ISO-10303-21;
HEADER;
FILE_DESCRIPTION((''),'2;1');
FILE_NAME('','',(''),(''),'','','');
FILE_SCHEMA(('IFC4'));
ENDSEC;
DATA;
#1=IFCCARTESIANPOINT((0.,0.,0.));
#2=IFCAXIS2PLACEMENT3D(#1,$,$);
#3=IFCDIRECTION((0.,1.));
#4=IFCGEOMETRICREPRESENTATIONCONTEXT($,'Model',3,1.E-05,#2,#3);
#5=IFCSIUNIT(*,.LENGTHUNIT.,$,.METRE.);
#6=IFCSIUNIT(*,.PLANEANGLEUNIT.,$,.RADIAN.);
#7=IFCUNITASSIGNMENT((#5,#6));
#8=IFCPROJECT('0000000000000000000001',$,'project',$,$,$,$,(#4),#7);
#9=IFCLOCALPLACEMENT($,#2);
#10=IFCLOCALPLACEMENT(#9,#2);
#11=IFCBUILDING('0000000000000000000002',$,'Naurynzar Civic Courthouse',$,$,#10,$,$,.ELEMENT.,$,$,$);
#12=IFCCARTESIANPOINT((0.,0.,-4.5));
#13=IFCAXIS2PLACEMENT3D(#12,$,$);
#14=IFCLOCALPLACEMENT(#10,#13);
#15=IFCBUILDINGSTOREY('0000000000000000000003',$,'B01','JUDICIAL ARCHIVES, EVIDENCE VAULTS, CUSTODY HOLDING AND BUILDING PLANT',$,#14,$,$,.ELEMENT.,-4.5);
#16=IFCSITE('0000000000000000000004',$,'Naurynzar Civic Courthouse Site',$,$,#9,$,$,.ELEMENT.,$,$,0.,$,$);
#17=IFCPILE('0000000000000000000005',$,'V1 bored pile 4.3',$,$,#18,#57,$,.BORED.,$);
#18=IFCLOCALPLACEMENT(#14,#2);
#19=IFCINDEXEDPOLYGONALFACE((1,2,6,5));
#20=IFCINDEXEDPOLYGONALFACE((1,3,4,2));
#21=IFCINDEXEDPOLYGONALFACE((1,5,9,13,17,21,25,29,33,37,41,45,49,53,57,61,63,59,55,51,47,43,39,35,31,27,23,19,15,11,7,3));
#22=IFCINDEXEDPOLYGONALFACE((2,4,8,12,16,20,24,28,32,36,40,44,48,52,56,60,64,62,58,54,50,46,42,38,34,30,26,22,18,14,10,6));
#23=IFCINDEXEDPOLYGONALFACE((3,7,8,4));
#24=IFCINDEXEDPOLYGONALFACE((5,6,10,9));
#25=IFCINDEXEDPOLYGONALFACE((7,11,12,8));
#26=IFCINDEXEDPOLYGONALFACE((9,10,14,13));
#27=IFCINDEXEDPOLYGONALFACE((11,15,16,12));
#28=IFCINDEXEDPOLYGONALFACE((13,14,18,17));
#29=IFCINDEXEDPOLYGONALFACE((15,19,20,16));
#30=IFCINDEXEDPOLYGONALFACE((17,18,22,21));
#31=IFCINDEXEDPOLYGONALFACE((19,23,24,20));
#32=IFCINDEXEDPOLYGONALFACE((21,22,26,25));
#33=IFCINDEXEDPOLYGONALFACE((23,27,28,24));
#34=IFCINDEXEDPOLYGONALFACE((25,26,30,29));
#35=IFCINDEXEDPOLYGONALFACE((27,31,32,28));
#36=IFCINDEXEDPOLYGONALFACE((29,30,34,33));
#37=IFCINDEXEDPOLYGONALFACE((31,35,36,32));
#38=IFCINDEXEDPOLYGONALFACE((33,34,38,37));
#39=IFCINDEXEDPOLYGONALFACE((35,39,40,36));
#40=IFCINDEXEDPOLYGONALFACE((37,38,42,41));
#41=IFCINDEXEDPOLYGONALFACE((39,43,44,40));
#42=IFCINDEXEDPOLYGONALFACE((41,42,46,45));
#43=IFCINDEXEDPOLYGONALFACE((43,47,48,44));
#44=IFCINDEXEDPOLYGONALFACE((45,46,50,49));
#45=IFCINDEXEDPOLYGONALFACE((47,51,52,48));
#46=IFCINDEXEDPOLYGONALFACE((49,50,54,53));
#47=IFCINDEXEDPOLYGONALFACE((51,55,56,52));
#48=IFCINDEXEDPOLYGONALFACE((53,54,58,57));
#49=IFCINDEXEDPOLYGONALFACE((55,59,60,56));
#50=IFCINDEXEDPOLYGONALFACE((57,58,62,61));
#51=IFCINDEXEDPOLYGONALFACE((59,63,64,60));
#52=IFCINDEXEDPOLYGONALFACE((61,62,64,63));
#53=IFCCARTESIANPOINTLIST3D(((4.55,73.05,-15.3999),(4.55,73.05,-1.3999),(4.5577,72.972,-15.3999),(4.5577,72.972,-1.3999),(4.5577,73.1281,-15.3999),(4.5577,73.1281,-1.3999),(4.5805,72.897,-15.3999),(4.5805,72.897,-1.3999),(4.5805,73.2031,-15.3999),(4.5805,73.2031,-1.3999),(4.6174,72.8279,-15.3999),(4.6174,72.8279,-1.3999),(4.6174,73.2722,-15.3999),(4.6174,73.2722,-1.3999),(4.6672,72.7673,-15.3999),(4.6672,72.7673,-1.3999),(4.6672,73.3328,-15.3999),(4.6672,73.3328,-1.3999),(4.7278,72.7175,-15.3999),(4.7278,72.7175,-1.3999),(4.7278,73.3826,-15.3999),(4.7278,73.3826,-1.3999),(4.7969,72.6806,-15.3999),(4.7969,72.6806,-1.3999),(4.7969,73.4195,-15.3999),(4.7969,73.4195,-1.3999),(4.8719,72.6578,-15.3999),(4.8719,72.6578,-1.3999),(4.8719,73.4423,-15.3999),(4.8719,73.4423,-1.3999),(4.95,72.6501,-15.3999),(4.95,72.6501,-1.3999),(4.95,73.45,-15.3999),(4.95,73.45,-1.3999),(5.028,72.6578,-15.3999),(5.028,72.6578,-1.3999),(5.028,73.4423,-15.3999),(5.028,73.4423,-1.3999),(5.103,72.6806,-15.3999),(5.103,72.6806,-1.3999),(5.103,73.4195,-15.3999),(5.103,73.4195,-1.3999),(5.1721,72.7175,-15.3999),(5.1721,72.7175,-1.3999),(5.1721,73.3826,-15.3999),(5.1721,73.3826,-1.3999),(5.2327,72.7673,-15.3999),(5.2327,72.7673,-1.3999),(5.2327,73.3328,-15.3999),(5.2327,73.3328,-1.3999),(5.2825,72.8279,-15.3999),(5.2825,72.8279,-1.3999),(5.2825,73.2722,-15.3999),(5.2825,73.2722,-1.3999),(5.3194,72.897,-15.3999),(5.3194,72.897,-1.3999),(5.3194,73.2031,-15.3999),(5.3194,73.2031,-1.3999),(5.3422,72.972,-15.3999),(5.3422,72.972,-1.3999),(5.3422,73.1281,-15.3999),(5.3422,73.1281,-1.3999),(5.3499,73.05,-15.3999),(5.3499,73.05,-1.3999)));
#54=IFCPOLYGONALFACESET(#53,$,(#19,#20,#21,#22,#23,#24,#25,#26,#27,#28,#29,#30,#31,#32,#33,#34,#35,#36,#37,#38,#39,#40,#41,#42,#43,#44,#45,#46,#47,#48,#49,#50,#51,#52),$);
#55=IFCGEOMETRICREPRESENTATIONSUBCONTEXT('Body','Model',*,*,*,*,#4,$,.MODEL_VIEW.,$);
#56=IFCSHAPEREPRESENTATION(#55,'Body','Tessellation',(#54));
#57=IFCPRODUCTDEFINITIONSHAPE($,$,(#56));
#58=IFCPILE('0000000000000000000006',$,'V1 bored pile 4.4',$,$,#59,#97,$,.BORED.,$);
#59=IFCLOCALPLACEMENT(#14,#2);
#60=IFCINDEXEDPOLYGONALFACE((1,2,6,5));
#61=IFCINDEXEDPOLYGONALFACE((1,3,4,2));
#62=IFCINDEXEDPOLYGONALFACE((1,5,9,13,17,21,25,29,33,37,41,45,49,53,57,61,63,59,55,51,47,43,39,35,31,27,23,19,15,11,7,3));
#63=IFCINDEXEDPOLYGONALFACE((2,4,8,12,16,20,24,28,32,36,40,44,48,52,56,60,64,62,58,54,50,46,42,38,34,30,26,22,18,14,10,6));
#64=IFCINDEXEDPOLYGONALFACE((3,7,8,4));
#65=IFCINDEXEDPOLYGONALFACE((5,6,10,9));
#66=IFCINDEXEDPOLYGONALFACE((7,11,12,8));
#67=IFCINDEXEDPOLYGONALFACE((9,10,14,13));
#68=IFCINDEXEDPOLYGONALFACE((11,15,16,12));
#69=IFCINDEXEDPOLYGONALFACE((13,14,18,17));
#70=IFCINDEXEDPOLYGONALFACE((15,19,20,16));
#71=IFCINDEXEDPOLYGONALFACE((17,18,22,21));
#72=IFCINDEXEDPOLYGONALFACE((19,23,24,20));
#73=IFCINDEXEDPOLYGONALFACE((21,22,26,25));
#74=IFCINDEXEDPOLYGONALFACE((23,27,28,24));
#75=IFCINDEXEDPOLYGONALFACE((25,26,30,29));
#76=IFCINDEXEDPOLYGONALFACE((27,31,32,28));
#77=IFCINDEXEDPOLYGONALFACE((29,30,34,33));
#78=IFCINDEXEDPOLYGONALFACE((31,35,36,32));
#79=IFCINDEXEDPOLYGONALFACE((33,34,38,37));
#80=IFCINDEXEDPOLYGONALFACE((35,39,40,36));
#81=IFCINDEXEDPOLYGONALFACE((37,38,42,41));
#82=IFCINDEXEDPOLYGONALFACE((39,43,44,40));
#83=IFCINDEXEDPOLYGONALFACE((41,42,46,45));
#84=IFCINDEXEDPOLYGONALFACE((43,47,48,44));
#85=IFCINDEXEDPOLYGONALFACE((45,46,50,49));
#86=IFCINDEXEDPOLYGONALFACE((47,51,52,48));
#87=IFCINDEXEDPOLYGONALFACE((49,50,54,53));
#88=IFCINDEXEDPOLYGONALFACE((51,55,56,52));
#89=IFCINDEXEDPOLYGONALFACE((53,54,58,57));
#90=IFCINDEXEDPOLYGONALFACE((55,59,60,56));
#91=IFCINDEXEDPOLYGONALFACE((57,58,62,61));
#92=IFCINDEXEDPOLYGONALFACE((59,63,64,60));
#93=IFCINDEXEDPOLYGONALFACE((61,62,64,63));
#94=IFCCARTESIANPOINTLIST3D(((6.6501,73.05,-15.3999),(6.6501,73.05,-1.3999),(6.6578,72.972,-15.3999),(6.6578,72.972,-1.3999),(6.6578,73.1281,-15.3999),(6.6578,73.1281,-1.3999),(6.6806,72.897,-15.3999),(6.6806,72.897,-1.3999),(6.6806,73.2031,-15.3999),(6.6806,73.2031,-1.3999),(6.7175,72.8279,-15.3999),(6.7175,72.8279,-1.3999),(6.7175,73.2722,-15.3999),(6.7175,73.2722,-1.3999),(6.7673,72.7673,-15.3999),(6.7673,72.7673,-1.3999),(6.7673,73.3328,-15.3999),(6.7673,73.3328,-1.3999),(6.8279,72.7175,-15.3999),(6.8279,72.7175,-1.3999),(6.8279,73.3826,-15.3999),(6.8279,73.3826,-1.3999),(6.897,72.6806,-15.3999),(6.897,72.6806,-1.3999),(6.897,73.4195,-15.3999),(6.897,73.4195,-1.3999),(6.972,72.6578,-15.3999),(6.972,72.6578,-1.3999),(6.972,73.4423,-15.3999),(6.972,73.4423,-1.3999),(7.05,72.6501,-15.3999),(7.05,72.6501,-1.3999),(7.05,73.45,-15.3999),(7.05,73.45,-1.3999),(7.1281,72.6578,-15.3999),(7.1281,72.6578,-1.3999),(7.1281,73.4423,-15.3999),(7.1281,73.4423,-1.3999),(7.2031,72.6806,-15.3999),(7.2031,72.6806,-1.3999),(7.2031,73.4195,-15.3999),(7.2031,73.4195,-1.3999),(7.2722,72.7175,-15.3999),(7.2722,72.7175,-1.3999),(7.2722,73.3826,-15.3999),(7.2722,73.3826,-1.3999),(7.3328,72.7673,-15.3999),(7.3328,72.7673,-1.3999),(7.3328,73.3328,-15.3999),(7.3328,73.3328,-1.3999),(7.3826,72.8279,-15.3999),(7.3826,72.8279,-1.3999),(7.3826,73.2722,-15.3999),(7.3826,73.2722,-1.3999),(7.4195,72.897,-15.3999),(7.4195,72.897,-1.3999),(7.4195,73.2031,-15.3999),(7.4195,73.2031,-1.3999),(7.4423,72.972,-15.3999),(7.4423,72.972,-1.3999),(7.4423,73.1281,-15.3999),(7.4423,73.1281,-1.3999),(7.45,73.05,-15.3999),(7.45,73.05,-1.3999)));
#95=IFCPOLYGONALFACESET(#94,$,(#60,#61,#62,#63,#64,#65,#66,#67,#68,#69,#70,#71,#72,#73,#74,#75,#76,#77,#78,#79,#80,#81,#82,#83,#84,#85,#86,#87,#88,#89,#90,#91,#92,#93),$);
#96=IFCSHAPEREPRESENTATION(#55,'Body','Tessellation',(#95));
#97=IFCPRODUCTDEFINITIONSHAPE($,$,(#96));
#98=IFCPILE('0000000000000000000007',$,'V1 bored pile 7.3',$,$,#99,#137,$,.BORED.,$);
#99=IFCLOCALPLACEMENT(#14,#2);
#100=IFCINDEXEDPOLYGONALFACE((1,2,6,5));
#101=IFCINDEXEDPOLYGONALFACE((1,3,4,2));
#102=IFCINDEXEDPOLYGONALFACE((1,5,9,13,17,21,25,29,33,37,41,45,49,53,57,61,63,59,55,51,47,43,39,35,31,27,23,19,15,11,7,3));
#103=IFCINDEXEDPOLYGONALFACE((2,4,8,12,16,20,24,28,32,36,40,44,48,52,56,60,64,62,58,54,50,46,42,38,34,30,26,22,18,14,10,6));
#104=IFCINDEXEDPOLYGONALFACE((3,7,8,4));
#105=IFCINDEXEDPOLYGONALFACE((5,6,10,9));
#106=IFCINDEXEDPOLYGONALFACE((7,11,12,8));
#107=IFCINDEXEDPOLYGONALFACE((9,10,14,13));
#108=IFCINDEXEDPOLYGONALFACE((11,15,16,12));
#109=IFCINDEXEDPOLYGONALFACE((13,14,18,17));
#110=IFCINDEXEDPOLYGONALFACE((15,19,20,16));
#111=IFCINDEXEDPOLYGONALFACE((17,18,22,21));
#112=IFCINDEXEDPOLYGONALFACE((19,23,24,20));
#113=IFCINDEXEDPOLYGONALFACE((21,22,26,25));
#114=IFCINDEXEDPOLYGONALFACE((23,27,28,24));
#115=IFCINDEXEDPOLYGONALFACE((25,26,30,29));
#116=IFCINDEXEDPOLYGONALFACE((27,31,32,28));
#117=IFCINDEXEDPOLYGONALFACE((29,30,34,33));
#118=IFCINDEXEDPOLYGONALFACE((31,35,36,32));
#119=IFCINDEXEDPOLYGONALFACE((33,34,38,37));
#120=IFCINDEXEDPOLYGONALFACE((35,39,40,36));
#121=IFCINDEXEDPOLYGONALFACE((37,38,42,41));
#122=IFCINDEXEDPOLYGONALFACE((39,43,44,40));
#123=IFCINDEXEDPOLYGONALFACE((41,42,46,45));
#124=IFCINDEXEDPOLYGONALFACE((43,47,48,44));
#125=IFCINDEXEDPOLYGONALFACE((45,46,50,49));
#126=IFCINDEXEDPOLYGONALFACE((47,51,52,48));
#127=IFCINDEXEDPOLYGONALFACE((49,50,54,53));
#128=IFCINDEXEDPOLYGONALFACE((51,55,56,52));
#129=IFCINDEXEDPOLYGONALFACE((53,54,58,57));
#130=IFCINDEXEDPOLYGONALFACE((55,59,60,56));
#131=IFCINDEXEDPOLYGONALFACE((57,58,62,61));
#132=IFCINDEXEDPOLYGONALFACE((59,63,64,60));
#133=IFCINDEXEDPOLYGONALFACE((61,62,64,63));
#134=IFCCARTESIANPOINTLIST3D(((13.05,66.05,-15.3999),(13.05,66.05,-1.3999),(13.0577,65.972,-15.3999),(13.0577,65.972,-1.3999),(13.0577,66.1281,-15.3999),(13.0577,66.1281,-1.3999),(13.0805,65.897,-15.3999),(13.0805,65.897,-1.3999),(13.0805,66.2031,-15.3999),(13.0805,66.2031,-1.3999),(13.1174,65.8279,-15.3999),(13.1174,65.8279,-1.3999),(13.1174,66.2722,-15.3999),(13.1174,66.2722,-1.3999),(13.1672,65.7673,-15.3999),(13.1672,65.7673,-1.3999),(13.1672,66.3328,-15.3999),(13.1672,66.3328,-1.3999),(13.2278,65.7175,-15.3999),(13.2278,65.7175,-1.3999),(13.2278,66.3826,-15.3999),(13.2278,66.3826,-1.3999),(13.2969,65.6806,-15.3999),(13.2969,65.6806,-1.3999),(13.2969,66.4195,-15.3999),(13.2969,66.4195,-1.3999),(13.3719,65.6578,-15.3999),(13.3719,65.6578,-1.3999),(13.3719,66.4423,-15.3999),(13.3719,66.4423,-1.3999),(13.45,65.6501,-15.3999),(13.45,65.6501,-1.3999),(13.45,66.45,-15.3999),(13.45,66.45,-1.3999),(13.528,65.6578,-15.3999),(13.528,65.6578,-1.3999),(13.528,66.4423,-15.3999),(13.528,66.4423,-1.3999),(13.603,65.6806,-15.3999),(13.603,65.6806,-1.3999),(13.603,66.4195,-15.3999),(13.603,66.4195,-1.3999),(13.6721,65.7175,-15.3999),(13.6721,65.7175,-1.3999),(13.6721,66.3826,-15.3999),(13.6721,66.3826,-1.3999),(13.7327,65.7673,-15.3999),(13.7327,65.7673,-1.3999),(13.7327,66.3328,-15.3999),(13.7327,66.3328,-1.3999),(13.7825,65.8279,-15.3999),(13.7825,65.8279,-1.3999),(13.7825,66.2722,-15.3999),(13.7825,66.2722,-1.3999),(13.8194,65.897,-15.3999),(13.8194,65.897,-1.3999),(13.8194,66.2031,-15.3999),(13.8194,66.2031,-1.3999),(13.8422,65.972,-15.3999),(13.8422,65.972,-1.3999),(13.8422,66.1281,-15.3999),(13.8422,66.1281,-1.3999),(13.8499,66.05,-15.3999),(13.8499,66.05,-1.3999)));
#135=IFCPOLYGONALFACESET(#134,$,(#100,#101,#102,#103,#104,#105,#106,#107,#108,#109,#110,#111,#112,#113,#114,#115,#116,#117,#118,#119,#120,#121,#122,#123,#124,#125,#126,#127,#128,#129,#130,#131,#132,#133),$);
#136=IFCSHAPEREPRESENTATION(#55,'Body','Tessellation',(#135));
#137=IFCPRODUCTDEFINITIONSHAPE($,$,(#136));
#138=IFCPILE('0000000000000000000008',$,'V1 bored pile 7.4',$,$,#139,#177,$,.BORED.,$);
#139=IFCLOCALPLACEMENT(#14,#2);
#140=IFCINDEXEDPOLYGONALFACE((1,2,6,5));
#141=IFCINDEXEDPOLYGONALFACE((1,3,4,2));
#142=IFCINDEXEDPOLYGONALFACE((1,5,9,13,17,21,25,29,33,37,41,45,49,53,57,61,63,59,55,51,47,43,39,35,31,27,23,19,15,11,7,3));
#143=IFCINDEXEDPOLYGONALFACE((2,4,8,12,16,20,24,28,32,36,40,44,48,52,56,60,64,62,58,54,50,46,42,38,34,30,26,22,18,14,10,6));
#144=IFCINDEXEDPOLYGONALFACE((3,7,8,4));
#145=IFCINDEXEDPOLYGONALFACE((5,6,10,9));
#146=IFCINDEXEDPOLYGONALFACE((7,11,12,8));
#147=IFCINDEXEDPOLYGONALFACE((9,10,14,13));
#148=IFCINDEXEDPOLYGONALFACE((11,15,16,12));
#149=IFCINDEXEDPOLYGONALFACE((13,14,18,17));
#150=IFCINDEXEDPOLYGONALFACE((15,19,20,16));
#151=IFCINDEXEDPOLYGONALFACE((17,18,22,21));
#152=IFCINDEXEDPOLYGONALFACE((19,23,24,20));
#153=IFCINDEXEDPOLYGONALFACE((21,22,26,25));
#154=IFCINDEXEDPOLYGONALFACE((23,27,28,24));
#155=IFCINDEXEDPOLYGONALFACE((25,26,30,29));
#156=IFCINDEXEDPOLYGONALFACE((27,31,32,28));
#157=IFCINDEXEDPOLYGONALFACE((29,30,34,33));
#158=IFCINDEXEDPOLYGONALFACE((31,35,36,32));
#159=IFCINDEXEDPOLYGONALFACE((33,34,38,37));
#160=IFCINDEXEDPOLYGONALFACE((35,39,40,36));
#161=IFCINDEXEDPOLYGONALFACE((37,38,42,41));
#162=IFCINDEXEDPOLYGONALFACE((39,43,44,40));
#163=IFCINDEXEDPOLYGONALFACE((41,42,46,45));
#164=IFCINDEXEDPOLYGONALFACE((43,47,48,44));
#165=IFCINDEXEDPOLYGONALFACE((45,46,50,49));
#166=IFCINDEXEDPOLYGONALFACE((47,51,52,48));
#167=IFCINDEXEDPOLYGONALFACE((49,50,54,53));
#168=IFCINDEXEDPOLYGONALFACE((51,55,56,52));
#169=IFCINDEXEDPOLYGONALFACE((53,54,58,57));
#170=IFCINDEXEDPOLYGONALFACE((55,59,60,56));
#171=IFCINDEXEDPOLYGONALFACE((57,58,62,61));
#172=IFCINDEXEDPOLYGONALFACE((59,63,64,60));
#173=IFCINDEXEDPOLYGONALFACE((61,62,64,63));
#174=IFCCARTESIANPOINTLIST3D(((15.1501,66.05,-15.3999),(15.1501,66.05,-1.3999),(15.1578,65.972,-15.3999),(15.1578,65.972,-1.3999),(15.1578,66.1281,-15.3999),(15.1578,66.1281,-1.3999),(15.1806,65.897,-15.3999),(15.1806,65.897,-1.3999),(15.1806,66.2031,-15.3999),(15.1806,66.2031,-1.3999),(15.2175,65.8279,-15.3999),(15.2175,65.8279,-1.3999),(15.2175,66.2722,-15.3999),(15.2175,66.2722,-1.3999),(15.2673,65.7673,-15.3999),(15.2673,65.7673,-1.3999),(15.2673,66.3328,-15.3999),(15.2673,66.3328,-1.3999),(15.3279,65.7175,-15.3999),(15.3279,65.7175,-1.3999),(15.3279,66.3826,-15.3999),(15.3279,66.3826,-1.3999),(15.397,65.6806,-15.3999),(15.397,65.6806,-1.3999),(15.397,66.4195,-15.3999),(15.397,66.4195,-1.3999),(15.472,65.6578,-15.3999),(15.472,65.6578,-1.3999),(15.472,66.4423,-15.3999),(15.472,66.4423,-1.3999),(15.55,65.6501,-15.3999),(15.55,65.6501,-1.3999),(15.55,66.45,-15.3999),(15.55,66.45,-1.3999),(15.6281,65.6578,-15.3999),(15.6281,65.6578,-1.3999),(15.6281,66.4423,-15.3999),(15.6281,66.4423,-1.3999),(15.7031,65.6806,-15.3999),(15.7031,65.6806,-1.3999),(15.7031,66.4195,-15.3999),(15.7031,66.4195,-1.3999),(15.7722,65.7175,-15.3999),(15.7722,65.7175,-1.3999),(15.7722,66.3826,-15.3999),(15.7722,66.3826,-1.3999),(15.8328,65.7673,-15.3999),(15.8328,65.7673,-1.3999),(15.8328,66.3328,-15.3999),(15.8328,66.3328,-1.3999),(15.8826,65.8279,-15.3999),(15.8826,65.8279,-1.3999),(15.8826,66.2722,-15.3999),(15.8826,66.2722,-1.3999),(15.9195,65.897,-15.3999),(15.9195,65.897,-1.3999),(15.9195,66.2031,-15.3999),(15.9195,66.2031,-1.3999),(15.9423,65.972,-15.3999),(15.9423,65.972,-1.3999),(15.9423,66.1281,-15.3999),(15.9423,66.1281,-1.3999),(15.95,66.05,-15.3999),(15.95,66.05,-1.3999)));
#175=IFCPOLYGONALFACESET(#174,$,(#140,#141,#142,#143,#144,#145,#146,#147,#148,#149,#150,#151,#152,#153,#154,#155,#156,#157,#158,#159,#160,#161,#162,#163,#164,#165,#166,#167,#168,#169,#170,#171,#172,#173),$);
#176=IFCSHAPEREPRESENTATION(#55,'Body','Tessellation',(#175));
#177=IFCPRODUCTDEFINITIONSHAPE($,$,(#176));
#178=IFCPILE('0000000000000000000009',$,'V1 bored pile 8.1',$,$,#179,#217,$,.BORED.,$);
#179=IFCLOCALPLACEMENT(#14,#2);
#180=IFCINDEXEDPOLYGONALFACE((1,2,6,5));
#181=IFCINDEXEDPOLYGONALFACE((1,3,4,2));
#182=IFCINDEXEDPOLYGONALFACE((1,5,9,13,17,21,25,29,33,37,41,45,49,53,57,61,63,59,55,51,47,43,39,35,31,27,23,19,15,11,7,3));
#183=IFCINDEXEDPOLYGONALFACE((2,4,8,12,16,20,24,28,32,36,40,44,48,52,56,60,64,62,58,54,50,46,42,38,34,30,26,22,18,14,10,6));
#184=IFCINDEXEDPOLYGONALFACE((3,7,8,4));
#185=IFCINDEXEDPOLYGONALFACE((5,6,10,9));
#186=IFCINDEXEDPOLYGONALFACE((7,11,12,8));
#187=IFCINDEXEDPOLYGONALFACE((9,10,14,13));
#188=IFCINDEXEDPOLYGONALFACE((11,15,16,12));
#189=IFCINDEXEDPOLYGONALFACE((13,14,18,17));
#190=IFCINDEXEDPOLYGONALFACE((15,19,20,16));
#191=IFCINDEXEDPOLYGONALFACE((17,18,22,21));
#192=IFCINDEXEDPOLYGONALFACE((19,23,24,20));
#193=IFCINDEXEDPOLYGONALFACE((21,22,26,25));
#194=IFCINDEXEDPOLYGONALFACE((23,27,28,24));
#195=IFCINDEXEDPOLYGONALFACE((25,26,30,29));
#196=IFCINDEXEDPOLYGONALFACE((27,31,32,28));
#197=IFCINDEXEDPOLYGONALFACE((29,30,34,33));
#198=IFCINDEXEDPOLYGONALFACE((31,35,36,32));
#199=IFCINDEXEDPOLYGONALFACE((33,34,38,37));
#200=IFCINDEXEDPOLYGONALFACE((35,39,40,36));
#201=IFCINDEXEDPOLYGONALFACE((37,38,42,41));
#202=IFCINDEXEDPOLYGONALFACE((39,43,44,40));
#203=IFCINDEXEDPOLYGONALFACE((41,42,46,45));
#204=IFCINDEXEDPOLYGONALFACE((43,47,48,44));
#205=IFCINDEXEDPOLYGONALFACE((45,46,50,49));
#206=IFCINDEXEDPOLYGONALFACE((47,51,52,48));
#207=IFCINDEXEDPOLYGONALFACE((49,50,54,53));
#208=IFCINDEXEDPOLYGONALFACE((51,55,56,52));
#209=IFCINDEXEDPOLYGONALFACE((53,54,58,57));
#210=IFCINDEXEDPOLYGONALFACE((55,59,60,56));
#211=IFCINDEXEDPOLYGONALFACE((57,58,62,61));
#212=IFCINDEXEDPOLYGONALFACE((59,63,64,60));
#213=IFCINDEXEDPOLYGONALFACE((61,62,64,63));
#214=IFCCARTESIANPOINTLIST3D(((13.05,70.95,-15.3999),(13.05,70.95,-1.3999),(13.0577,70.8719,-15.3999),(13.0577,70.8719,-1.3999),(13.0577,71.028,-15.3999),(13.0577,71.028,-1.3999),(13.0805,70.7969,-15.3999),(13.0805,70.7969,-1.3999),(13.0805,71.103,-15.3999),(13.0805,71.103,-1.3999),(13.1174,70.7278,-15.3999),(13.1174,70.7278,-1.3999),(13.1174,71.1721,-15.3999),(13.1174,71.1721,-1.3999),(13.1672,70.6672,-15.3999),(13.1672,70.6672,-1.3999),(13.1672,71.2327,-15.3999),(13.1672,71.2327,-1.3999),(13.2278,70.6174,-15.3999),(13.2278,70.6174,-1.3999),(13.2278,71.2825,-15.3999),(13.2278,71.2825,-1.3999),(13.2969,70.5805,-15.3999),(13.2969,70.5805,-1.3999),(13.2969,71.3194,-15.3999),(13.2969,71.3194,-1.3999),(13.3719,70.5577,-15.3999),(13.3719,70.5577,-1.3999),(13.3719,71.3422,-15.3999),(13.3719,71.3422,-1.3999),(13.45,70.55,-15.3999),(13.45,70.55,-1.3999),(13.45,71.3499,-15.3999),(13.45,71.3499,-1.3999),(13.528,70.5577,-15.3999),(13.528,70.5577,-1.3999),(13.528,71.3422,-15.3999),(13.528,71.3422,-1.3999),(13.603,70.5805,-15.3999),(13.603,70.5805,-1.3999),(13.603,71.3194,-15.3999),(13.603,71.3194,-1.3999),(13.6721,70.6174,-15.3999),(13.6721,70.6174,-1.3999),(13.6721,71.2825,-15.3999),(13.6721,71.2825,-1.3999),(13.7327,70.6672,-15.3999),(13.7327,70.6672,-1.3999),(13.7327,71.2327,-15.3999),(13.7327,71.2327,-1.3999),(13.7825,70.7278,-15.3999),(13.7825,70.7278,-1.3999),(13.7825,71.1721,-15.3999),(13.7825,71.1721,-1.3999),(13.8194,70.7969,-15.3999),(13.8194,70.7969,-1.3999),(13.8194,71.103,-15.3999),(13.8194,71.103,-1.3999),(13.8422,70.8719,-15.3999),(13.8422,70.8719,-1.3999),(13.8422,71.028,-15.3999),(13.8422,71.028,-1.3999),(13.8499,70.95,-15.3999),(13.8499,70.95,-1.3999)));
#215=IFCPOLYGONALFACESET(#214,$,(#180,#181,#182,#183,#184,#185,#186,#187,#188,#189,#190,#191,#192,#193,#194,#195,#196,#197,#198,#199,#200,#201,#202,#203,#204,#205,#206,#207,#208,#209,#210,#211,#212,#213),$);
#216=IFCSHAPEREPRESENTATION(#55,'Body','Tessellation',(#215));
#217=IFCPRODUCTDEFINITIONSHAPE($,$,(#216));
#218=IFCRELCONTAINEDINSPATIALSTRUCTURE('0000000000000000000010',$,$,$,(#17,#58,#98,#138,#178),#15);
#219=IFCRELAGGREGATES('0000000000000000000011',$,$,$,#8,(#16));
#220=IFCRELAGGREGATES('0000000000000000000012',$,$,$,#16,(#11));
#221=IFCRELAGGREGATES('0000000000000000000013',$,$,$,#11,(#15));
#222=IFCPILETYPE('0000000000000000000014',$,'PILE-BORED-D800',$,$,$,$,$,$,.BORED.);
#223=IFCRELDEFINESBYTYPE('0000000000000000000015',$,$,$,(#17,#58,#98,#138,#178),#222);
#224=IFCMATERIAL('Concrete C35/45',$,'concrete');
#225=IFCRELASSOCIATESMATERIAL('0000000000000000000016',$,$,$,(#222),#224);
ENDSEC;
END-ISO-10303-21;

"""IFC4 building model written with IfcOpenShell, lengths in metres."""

from ifc_helpers import new_model, si_unit, direction, frame, origin, origin_2d, place, context, subcontext, project, spatial, circle, extrude, material, material_profile, profile_set, type_object, element, save


model = new_model("IFC4")

# Units and contexts
model_context = context("Model", 3, precision=1e-05, world=origin(), true_north=direction((0.0, 1.0)))
body_context = subcontext(model_context, "Body", "Model", "MODEL_VIEW")
ifc_project = project(units=[si_unit("LENGTHUNIT", "METRE"), si_unit("PLANEANGLEUNIT", "RADIAN")], contexts=[model_context])

# Site, building, storey
site_placement = place(None, origin())
site = spatial("IfcSite", under=ifc_project, at=site_placement, Name="Naurynzar Civic Courthouse Site", CompositionType="ELEMENT", RefElevation=0.0)
building_placement = place(site_placement, origin())
building = spatial("IfcBuilding", under=site, at=building_placement, Name="Naurynzar Civic Courthouse", CompositionType="ELEMENT")
storey_placement = place(building_placement, frame((0.0, 0.0, -4.5)))
storey = spatial("IfcBuildingStorey", under=building, at=storey_placement, Name="B01", Description="JUDICIAL ARCHIVES, EVIDENCE VAULTS, CUSTODY HOLDING AND BUILDING PLANT", CompositionType="ELEMENT", Elevation=-4.5)

# Piles
ifc_material_1 = material(Name="Concrete C35/45", Category="concrete")
ifc_material_profile_1 = material_profile(ifc_material_1, circle(Radius=0.3999, at=origin_2d()), Name="PILE D800")
ifc_profile_set_1 = profile_set([ifc_material_profile_1], Name="Concrete C35/45")
pile_type = type_object("IfcPileType", Name="PILE-BORED-D800", PredefinedType="BORED", material=ifc_profile_set_1)
for number, where, z_axis, x_axis, name in (
    (1, (4.95, 73.05, -1.3999), (0.0, 0.0, -1.0), (1.0, 0.0, 0.0), "V1 bored pile 4.3"),
    (2, (7.05, 73.05, -1.3999), (0.0, 0.0, -1.0), (1.0, 0.0, 0.0), "V1 bored pile 4.4"),
    (3, (13.45, 66.05, -1.3999), (0.0, 0.0, -1.0), (1.0, 0.0, 0.0), "V1 bored pile 7.3"),
    (4, (15.55, 66.05, -1.3999), (0.0, 0.0, -1.0), (1.0, 0.0, 0.0), "V1 bored pile 7.4"),
    (5, (13.45, 70.95, -1.3999), (0.0, 0.0, -1.0), (1.0, 0.0, 0.0), "V1 bored pile 8.1"),
):
    element("IfcPile", number, at=place(storey_placement, frame(where, z_axis=z_axis, x_axis=x_axis)), inside=storey, type_object=pile_type, Name=name, PredefinedType="BORED", context=body_context, shape_type="SweptSolid", body=[
        extrude(circle(Radius=0.3999, at=origin_2d()), origin(), (0.0, 0.0, 1.0), 14.0),
    ])

save(model, "model.ifc")
